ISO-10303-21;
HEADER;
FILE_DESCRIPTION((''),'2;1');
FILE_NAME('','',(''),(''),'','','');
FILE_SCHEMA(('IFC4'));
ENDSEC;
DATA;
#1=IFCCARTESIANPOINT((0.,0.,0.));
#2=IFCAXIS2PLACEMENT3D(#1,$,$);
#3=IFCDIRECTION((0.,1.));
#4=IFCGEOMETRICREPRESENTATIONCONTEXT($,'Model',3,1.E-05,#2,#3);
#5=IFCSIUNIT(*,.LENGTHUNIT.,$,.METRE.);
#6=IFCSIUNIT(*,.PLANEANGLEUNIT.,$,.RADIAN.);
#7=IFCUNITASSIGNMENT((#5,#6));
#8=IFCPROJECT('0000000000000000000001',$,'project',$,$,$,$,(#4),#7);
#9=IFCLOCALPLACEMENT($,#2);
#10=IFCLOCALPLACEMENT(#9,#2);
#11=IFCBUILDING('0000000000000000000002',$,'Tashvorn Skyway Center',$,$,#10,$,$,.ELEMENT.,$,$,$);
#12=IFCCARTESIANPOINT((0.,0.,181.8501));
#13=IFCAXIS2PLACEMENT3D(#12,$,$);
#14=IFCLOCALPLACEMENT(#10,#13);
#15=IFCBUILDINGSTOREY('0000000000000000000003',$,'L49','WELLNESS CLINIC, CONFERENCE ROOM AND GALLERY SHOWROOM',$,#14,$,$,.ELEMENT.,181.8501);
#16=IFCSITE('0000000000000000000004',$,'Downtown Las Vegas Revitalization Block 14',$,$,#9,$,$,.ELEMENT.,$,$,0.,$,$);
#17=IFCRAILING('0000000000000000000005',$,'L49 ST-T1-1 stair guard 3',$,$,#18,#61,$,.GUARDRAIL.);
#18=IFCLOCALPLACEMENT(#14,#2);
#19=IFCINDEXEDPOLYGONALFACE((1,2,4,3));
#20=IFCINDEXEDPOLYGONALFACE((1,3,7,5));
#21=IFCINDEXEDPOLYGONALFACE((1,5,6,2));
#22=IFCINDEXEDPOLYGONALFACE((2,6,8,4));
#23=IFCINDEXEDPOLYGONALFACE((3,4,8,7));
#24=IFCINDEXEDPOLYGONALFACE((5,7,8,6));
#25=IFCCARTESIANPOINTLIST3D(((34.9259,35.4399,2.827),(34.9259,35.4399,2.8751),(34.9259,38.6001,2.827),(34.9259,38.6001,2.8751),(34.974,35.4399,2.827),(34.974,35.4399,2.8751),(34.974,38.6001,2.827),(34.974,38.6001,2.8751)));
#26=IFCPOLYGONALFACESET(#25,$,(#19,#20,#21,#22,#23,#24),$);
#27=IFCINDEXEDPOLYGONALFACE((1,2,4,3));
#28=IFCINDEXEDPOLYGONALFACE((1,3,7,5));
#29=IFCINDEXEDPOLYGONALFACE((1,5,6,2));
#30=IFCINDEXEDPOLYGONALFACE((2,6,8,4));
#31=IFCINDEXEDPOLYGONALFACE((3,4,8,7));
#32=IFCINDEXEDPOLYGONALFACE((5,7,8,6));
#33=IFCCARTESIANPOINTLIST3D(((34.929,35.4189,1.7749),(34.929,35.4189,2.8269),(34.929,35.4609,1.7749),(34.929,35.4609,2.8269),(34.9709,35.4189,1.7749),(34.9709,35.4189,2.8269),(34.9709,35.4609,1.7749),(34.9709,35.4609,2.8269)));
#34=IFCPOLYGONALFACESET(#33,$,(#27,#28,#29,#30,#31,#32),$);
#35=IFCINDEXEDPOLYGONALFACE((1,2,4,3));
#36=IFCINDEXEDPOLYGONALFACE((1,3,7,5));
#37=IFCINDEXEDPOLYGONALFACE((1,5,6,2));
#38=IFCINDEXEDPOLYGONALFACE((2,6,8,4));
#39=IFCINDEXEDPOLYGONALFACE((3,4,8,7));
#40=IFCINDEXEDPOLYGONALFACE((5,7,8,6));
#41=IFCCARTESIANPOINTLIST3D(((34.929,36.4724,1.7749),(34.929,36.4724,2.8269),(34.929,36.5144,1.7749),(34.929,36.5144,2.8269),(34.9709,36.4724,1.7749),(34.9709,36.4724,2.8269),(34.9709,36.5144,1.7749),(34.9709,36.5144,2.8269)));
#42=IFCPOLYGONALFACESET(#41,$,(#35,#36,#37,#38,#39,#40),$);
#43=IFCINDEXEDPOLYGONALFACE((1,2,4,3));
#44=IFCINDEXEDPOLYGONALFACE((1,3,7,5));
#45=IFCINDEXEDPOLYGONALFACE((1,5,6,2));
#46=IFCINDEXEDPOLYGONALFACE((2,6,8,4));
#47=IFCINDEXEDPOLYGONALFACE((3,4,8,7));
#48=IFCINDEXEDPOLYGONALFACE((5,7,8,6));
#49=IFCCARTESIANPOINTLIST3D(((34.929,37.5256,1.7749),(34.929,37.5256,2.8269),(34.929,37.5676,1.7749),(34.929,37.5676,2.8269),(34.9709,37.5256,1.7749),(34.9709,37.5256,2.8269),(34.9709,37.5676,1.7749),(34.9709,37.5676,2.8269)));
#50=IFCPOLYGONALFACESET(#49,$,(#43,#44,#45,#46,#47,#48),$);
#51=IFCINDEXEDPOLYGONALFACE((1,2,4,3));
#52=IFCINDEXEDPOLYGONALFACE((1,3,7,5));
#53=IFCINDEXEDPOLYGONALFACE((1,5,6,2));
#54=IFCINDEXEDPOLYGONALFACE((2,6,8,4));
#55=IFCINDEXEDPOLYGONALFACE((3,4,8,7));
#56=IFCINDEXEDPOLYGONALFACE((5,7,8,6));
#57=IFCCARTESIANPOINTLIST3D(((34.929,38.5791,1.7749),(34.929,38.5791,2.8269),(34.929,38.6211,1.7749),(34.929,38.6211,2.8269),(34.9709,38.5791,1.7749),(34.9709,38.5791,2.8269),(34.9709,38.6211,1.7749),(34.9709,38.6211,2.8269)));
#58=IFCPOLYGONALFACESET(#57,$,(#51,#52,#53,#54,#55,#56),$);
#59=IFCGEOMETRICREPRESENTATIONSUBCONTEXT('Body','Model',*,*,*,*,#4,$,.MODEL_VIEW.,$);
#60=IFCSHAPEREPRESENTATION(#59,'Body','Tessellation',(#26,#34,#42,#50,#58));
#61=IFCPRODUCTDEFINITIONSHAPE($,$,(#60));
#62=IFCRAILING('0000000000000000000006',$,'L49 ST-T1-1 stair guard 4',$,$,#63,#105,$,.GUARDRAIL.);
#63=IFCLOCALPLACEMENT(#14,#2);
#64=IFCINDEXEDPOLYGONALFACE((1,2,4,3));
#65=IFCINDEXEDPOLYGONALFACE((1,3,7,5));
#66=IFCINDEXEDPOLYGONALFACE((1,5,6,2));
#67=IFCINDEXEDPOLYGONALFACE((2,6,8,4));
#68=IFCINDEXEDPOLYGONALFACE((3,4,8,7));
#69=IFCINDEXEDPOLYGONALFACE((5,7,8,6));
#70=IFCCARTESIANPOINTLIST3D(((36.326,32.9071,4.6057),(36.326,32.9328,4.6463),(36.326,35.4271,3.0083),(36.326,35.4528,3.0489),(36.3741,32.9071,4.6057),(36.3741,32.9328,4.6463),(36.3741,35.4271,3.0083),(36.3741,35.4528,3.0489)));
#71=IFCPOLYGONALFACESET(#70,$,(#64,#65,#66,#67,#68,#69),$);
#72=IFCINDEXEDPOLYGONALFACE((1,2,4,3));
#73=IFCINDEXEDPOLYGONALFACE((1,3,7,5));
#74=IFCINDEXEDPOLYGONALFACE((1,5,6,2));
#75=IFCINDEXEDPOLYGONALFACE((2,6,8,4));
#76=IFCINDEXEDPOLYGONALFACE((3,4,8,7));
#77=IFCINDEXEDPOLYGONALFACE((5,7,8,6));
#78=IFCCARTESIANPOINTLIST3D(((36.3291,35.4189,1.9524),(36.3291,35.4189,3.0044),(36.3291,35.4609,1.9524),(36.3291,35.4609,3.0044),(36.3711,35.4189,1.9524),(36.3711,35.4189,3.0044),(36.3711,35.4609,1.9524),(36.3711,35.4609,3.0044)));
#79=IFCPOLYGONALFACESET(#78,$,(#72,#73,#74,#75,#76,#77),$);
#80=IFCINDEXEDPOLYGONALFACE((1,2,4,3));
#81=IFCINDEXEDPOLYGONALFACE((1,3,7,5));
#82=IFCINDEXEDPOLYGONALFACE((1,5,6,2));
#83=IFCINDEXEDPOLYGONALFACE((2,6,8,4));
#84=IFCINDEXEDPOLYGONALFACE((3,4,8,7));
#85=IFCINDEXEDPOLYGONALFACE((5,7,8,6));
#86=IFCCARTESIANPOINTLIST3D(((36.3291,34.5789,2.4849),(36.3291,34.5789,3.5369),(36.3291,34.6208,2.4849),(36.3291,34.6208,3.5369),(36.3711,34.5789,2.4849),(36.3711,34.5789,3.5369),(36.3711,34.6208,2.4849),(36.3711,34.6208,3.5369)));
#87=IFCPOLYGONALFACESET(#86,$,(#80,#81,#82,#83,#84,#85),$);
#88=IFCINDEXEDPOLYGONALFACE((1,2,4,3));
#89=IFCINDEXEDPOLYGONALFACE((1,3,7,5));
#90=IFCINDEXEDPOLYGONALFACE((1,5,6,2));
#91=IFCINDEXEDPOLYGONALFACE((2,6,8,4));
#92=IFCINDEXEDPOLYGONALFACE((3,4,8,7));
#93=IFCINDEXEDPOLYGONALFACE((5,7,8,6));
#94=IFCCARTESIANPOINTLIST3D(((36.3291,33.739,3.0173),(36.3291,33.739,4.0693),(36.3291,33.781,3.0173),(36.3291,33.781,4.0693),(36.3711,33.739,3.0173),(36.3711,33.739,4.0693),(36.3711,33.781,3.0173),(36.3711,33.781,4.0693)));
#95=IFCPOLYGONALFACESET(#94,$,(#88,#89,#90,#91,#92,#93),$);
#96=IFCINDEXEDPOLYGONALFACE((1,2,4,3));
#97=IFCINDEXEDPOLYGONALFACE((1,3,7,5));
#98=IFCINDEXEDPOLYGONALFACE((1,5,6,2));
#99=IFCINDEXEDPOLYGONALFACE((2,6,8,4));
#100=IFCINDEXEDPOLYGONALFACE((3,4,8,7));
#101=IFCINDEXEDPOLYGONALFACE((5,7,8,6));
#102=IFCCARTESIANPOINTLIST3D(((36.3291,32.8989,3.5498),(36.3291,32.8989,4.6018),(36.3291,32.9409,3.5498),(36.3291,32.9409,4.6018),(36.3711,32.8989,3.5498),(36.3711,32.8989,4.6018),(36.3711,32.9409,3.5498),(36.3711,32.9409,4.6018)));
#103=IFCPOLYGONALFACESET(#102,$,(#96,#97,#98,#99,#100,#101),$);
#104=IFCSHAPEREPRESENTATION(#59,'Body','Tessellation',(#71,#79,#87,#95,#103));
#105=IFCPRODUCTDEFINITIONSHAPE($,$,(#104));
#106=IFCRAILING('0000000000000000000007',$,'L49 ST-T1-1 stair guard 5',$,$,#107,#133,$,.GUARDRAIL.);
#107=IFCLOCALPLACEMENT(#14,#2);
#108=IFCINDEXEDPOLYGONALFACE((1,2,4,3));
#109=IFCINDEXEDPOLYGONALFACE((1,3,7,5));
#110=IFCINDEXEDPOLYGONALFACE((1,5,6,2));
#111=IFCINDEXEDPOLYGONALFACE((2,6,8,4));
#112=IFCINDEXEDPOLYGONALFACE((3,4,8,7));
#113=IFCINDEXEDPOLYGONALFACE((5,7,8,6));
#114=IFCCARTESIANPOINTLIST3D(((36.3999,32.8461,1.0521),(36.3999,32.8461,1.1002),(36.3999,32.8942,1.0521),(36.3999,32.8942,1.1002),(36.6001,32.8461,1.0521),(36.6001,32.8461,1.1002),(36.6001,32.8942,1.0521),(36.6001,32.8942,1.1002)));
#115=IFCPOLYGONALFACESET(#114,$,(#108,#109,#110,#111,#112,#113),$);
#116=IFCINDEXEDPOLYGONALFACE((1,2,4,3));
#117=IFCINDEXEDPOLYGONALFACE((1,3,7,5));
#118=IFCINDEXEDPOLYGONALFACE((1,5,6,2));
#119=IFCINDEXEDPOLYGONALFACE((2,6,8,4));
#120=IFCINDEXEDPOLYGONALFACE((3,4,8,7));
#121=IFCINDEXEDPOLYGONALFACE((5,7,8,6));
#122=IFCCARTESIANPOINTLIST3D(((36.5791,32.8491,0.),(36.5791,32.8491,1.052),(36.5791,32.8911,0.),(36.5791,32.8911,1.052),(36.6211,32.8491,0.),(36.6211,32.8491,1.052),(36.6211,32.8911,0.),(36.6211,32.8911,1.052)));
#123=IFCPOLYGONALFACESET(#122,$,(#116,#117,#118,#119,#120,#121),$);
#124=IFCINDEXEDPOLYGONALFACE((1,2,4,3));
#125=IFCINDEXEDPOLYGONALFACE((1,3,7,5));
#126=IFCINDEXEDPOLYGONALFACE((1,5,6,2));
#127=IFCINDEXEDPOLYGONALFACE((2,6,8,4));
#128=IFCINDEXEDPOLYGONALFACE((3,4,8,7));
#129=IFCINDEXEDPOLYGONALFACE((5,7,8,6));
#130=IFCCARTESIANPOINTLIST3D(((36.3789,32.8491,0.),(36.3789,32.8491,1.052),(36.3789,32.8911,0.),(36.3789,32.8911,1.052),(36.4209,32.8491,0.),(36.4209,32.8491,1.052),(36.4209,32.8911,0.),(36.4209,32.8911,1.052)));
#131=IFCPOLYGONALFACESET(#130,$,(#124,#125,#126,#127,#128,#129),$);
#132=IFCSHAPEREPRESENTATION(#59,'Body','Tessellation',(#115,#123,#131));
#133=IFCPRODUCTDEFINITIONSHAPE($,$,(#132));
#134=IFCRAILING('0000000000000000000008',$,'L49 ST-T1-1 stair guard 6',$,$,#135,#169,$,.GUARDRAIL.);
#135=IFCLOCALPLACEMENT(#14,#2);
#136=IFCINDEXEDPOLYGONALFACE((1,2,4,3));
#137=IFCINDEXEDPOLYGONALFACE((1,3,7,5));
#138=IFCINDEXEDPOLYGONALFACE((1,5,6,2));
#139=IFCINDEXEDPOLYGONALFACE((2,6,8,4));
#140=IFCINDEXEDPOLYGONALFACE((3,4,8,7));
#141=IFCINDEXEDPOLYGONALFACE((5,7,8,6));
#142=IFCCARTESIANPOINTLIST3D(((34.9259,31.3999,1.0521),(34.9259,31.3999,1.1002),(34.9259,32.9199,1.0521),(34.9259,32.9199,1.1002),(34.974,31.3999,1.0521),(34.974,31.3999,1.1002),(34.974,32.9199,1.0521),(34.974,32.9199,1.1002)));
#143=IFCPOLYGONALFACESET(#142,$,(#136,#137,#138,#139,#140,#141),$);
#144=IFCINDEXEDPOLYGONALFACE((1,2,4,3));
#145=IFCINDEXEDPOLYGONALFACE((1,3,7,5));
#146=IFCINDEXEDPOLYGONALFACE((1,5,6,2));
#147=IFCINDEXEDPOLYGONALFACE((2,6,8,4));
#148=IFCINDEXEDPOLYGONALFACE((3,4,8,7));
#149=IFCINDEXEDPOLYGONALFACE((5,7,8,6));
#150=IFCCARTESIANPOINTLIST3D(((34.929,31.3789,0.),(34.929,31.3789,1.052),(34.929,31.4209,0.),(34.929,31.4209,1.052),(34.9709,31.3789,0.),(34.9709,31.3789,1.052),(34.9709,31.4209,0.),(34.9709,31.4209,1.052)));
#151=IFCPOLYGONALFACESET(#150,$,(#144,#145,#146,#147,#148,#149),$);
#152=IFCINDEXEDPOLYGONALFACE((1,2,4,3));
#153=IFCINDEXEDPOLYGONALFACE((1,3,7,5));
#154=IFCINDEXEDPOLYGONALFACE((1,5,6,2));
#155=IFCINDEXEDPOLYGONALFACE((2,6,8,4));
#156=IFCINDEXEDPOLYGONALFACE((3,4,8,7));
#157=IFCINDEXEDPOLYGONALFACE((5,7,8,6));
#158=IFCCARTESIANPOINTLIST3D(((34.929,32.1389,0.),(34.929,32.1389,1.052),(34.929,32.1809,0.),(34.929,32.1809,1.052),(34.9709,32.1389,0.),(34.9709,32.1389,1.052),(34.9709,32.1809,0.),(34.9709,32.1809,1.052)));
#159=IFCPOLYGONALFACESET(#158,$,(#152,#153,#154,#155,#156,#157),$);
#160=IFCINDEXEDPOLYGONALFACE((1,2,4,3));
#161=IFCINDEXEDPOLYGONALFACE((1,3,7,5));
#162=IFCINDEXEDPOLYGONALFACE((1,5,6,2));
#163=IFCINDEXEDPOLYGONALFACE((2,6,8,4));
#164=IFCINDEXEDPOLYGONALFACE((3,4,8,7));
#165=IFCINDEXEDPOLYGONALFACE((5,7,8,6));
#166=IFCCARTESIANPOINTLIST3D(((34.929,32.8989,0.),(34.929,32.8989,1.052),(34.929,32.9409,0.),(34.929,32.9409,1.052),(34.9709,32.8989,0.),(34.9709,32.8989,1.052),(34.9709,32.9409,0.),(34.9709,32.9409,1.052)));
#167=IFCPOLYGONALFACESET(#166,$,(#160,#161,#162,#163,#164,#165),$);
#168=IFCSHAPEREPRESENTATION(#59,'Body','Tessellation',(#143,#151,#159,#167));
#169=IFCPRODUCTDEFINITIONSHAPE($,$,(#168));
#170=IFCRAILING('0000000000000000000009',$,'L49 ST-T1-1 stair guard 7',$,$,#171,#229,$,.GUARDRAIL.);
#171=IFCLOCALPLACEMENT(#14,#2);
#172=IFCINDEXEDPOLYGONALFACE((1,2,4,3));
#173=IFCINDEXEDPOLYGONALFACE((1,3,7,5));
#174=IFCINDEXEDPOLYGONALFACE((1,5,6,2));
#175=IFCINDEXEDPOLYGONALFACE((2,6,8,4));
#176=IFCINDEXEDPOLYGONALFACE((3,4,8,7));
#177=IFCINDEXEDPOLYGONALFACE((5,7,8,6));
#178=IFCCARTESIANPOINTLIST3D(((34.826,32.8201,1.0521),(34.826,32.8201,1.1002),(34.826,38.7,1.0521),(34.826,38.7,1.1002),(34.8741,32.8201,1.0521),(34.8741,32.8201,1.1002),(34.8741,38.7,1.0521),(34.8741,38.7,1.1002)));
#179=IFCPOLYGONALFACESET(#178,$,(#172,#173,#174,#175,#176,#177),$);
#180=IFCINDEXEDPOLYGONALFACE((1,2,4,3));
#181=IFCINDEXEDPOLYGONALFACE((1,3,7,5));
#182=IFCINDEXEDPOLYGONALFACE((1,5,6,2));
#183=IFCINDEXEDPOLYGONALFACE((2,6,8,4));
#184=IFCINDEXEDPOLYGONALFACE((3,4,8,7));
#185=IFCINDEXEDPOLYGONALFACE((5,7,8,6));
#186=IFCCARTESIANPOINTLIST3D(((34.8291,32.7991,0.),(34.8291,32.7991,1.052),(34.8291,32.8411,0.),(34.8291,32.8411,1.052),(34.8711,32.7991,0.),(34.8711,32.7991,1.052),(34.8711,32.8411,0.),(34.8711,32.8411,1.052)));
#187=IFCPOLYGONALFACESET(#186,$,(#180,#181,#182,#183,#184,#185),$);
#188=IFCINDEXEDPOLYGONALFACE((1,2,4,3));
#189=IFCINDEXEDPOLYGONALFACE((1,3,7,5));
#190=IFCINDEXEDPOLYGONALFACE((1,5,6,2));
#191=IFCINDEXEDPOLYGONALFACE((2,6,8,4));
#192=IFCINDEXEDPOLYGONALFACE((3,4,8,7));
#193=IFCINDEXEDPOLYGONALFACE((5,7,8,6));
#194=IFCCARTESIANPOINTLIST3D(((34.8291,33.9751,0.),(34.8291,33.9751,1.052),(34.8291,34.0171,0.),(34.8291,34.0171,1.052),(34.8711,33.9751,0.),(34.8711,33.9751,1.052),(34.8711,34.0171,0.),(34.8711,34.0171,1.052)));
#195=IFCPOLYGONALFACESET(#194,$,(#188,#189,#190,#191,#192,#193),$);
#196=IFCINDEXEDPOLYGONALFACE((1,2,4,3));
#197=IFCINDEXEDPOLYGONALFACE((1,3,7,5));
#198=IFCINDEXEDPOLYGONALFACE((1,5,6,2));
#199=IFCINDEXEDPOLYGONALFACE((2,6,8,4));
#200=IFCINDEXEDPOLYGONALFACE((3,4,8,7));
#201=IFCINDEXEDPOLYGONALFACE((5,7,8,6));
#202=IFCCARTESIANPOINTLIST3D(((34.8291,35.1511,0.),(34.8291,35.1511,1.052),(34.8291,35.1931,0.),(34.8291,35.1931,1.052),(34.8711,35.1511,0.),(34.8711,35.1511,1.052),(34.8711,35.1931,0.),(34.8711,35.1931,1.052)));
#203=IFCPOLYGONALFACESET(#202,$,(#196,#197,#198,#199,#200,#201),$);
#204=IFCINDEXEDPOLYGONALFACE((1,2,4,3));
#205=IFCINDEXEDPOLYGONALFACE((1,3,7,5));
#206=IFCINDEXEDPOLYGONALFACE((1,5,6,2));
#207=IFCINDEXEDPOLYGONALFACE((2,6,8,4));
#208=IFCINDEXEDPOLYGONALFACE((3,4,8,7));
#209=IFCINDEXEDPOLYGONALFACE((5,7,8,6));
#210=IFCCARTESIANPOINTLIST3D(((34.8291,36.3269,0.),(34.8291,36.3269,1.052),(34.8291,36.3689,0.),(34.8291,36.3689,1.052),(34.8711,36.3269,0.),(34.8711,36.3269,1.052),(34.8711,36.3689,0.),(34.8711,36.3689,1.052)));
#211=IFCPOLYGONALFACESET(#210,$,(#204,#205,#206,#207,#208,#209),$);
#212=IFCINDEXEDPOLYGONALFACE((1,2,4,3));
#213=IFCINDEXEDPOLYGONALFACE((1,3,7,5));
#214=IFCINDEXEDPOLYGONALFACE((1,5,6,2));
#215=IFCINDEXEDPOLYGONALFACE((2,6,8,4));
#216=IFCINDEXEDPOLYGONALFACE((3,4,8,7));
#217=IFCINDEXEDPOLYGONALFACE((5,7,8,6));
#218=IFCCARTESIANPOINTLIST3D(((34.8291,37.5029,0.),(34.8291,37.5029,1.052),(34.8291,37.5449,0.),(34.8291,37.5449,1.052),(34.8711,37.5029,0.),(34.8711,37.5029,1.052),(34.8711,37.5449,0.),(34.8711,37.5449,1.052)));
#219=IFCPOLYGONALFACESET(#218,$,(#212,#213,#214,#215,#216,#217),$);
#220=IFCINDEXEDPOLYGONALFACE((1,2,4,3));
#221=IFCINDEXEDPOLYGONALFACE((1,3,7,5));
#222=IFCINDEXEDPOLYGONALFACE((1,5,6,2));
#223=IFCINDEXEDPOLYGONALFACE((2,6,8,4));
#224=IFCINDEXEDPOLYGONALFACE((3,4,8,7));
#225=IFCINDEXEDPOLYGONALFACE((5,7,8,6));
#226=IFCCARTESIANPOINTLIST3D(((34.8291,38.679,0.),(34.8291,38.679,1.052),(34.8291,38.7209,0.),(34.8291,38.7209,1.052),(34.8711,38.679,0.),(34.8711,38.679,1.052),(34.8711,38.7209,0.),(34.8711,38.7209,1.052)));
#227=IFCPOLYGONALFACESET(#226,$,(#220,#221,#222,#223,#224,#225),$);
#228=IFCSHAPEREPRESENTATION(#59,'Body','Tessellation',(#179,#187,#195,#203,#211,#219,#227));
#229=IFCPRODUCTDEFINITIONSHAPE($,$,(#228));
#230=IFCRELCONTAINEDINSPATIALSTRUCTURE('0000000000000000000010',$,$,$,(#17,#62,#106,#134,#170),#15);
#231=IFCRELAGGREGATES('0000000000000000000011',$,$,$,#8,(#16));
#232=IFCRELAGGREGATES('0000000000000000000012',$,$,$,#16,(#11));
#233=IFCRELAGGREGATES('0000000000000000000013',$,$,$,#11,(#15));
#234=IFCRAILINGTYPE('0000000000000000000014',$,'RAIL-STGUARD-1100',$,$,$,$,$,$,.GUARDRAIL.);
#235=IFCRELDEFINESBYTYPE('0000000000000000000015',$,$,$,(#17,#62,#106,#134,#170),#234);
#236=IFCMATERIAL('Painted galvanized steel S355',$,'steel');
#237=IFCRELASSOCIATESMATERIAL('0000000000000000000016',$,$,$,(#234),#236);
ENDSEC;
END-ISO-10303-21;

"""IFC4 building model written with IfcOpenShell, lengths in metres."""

from ifc_helpers import new_model, si_unit, direction, frame, origin, origin_2d, place, context, subcontext, project, spatial, rectangle, extrude, material, type_object, element, save


model = new_model("IFC4")

# Units and contexts
model_context = context("Model", 3, precision=1e-05, world=origin(), true_north=direction((0.0, 1.0)))
body_context = subcontext(model_context, "Body", "Model", "MODEL_VIEW")
ifc_project = project(units=[si_unit("LENGTHUNIT", "METRE"), si_unit("PLANEANGLEUNIT", "RADIAN")], contexts=[model_context])

# Site, building, storey
site_placement = place(None, origin())
site = spatial("IfcSite", under=ifc_project, at=site_placement, Name="Downtown Las Vegas Revitalization Block 14", CompositionType="ELEMENT", RefElevation=0.0)
building_placement = place(site_placement, origin())
building = spatial("IfcBuilding", under=site, at=building_placement, Name="Tashvorn Skyway Center", CompositionType="ELEMENT")
storey_placement = place(building_placement, frame((0.0, 0.0, 181.8501)))
storey = spatial("IfcBuildingStorey", under=building, at=storey_placement, Name="L49", Description="WELLNESS CLINIC, CONFERENCE ROOM AND GALLERY SHOWROOM", CompositionType="ELEMENT", Elevation=181.8501)

# Railings
ifc_material_1 = material(Name="Painted galvanized steel S355", Category="steel")
railing_type_1 = type_object("IfcRailingType", Name="RAIL-STGUARD-1100", PredefinedType="GUARDRAIL", material=ifc_material_1)
railing_1_placement = place(storey_placement, frame((34.95, 35.4399, 1.7749)))
element("IfcRailing", 1, at=railing_1_placement, inside=storey, type_object=railing_type_1, Name="L49 ST-T1-1 stair guard 3", PredefinedType="GUARDRAIL", context=body_context, shape_type="SweptSolid", body=[
    extrude(rectangle(XDim=0.0481, YDim=0.0481, at=origin_2d()), frame((0.0, 0.0, 1.0762), z_axis=(0.0, 1.0, 0.0), x_axis=(-1.0, 0.0, 0.0)), (0.0, 0.0, 1.0), 3.1602),
    extrude(rectangle(XDim=0.042, YDim=0.042, at=origin_2d()), origin(), (0.0, 0.0, 1.0), 1.052),
    extrude(rectangle(XDim=0.042, YDim=0.042, at=origin_2d()), frame((0.0, 1.0535, 0.0)), (0.0, 0.0, 1.0), 1.052),
    extrude(rectangle(XDim=0.042, YDim=0.042, at=origin_2d()), frame((0.0, 2.1067, 0.0)), (0.0, 0.0, 1.0), 1.052),
    extrude(rectangle(XDim=0.042, YDim=0.042, at=origin_2d()), frame((0.0, 3.1602, 0.0)), (0.0, 0.0, 1.0), 1.052),
])
railing_2_placement = place(storey_placement, frame((36.3501, 35.4399, 1.9524)))
element("IfcRailing", 2, at=railing_2_placement, inside=storey, type_object=railing_type_1, Name="L49 ST-T1-1 stair guard 4", PredefinedType="GUARDRAIL", context=body_context, shape_type="SweptSolid", body=[
    extrude(rectangle(XDim=0.0481, YDim=0.0481, at=origin_2d()), frame((0.0, 0.0, 1.0762), z_axis=(0.0, -0.844607, 0.535387), x_axis=(1.0, 0.0, 0.0)), (0.0, 0.0, 1.0), 2.9836),
    extrude(rectangle(XDim=0.042, YDim=0.042, at=origin_2d()), origin(), (0.0, 0.0, 1.0), 1.052),
    extrude(rectangle(XDim=0.042, YDim=0.042, at=origin_2d()), frame((0.0, -0.8401, 0.5325)), (0.0, 0.0, 1.0), 1.052),
    extrude(rectangle(XDim=0.042, YDim=0.042, at=origin_2d()), frame((0.0, -1.6799, 1.0649)), (0.0, 0.0, 1.0), 1.052),
    extrude(rectangle(XDim=0.042, YDim=0.042, at=origin_2d()), frame((0.0, -2.52, 1.5974)), (0.0, 0.0, 1.0), 1.052),
])
railing_3_placement = place(storey_placement, frame((36.6001, 32.8701, 0.0)))
element("IfcRailing", 3, at=railing_3_placement, inside=storey, type_object=railing_type_1, Name="L49 ST-T1-1 stair guard 5", PredefinedType="GUARDRAIL", context=body_context, shape_type="SweptSolid", body=[
    extrude(rectangle(XDim=0.0481, YDim=0.0481, at=origin_2d()), frame((0.0, 0.0, 1.0762), z_axis=(-1.0, 0.0, 0.0), x_axis=(0.0, -1.0, 0.0)), (0.0, 0.0, 1.0), 0.2002),
    extrude(rectangle(XDim=0.042, YDim=0.042, at=origin_2d()), origin(), (0.0, 0.0, 1.0), 1.052),
    extrude(rectangle(XDim=0.042, YDim=0.042, at=origin_2d()), frame((-0.2002, 0.0, 0.0)), (0.0, 0.0, 1.0), 1.052),
])
railing_4_placement = place(storey_placement, frame((34.95, 31.3999, 0.0)))
element("IfcRailing", 4, at=railing_4_placement, inside=storey, type_object=railing_type_1, Name="L49 ST-T1-1 stair guard 6", PredefinedType="GUARDRAIL", context=body_context, shape_type="SweptSolid", body=[
    extrude(rectangle(XDim=0.0481, YDim=0.0481, at=origin_2d()), frame((0.0, 0.0, 1.0762), z_axis=(0.0, 1.0, 0.0), x_axis=(-1.0, 0.0, 0.0)), (0.0, 0.0, 1.0), 1.52),
    extrude(rectangle(XDim=0.042, YDim=0.042, at=origin_2d()), origin(), (0.0, 0.0, 1.0), 1.052),
    extrude(rectangle(XDim=0.042, YDim=0.042, at=origin_2d()), frame((0.0, 0.76, 0.0)), (0.0, 0.0, 1.0), 1.052),
    extrude(rectangle(XDim=0.042, YDim=0.042, at=origin_2d()), frame((0.0, 1.52, 0.0)), (0.0, 0.0, 1.0), 1.052),
])
railing_5_placement = place(storey_placement, frame((34.8501, 32.8201, 0.0)))
element("IfcRailing", 5, at=railing_5_placement, inside=storey, type_object=railing_type_1, Name="L49 ST-T1-1 stair guard 7", PredefinedType="GUARDRAIL", context=body_context, shape_type="SweptSolid", body=[
    extrude(rectangle(XDim=0.0481, YDim=0.0481, at=origin_2d()), frame((0.0, 0.0, 1.0762), z_axis=(0.0, 1.0, 0.0), x_axis=(-1.0, 0.0, 0.0)), (0.0, 0.0, 1.0), 5.8799),
    extrude(rectangle(XDim=0.042, YDim=0.042, at=origin_2d()), origin(), (0.0, 0.0, 1.0), 1.052),
    extrude(rectangle(XDim=0.042, YDim=0.042, at=origin_2d()), frame((0.0, 1.176, 0.0)), (0.0, 0.0, 1.0), 1.052),
    extrude(rectangle(XDim=0.042, YDim=0.042, at=origin_2d()), frame((0.0, 2.3521, 0.0)), (0.0, 0.0, 1.0), 1.052),
    extrude(rectangle(XDim=0.042, YDim=0.042, at=origin_2d()), frame((0.0, 3.5278, 0.0)), (0.0, 0.0, 1.0), 1.052),
    extrude(rectangle(XDim=0.042, YDim=0.042, at=origin_2d()), frame((0.0, 4.7039, 0.0)), (0.0, 0.0, 1.0), 1.052),
    extrude(rectangle(XDim=0.042, YDim=0.042, at=origin_2d()), frame((0.0, 5.8799, 0.0)), (0.0, 0.0, 1.0), 1.052),
])

save(model, "model.ifc")
